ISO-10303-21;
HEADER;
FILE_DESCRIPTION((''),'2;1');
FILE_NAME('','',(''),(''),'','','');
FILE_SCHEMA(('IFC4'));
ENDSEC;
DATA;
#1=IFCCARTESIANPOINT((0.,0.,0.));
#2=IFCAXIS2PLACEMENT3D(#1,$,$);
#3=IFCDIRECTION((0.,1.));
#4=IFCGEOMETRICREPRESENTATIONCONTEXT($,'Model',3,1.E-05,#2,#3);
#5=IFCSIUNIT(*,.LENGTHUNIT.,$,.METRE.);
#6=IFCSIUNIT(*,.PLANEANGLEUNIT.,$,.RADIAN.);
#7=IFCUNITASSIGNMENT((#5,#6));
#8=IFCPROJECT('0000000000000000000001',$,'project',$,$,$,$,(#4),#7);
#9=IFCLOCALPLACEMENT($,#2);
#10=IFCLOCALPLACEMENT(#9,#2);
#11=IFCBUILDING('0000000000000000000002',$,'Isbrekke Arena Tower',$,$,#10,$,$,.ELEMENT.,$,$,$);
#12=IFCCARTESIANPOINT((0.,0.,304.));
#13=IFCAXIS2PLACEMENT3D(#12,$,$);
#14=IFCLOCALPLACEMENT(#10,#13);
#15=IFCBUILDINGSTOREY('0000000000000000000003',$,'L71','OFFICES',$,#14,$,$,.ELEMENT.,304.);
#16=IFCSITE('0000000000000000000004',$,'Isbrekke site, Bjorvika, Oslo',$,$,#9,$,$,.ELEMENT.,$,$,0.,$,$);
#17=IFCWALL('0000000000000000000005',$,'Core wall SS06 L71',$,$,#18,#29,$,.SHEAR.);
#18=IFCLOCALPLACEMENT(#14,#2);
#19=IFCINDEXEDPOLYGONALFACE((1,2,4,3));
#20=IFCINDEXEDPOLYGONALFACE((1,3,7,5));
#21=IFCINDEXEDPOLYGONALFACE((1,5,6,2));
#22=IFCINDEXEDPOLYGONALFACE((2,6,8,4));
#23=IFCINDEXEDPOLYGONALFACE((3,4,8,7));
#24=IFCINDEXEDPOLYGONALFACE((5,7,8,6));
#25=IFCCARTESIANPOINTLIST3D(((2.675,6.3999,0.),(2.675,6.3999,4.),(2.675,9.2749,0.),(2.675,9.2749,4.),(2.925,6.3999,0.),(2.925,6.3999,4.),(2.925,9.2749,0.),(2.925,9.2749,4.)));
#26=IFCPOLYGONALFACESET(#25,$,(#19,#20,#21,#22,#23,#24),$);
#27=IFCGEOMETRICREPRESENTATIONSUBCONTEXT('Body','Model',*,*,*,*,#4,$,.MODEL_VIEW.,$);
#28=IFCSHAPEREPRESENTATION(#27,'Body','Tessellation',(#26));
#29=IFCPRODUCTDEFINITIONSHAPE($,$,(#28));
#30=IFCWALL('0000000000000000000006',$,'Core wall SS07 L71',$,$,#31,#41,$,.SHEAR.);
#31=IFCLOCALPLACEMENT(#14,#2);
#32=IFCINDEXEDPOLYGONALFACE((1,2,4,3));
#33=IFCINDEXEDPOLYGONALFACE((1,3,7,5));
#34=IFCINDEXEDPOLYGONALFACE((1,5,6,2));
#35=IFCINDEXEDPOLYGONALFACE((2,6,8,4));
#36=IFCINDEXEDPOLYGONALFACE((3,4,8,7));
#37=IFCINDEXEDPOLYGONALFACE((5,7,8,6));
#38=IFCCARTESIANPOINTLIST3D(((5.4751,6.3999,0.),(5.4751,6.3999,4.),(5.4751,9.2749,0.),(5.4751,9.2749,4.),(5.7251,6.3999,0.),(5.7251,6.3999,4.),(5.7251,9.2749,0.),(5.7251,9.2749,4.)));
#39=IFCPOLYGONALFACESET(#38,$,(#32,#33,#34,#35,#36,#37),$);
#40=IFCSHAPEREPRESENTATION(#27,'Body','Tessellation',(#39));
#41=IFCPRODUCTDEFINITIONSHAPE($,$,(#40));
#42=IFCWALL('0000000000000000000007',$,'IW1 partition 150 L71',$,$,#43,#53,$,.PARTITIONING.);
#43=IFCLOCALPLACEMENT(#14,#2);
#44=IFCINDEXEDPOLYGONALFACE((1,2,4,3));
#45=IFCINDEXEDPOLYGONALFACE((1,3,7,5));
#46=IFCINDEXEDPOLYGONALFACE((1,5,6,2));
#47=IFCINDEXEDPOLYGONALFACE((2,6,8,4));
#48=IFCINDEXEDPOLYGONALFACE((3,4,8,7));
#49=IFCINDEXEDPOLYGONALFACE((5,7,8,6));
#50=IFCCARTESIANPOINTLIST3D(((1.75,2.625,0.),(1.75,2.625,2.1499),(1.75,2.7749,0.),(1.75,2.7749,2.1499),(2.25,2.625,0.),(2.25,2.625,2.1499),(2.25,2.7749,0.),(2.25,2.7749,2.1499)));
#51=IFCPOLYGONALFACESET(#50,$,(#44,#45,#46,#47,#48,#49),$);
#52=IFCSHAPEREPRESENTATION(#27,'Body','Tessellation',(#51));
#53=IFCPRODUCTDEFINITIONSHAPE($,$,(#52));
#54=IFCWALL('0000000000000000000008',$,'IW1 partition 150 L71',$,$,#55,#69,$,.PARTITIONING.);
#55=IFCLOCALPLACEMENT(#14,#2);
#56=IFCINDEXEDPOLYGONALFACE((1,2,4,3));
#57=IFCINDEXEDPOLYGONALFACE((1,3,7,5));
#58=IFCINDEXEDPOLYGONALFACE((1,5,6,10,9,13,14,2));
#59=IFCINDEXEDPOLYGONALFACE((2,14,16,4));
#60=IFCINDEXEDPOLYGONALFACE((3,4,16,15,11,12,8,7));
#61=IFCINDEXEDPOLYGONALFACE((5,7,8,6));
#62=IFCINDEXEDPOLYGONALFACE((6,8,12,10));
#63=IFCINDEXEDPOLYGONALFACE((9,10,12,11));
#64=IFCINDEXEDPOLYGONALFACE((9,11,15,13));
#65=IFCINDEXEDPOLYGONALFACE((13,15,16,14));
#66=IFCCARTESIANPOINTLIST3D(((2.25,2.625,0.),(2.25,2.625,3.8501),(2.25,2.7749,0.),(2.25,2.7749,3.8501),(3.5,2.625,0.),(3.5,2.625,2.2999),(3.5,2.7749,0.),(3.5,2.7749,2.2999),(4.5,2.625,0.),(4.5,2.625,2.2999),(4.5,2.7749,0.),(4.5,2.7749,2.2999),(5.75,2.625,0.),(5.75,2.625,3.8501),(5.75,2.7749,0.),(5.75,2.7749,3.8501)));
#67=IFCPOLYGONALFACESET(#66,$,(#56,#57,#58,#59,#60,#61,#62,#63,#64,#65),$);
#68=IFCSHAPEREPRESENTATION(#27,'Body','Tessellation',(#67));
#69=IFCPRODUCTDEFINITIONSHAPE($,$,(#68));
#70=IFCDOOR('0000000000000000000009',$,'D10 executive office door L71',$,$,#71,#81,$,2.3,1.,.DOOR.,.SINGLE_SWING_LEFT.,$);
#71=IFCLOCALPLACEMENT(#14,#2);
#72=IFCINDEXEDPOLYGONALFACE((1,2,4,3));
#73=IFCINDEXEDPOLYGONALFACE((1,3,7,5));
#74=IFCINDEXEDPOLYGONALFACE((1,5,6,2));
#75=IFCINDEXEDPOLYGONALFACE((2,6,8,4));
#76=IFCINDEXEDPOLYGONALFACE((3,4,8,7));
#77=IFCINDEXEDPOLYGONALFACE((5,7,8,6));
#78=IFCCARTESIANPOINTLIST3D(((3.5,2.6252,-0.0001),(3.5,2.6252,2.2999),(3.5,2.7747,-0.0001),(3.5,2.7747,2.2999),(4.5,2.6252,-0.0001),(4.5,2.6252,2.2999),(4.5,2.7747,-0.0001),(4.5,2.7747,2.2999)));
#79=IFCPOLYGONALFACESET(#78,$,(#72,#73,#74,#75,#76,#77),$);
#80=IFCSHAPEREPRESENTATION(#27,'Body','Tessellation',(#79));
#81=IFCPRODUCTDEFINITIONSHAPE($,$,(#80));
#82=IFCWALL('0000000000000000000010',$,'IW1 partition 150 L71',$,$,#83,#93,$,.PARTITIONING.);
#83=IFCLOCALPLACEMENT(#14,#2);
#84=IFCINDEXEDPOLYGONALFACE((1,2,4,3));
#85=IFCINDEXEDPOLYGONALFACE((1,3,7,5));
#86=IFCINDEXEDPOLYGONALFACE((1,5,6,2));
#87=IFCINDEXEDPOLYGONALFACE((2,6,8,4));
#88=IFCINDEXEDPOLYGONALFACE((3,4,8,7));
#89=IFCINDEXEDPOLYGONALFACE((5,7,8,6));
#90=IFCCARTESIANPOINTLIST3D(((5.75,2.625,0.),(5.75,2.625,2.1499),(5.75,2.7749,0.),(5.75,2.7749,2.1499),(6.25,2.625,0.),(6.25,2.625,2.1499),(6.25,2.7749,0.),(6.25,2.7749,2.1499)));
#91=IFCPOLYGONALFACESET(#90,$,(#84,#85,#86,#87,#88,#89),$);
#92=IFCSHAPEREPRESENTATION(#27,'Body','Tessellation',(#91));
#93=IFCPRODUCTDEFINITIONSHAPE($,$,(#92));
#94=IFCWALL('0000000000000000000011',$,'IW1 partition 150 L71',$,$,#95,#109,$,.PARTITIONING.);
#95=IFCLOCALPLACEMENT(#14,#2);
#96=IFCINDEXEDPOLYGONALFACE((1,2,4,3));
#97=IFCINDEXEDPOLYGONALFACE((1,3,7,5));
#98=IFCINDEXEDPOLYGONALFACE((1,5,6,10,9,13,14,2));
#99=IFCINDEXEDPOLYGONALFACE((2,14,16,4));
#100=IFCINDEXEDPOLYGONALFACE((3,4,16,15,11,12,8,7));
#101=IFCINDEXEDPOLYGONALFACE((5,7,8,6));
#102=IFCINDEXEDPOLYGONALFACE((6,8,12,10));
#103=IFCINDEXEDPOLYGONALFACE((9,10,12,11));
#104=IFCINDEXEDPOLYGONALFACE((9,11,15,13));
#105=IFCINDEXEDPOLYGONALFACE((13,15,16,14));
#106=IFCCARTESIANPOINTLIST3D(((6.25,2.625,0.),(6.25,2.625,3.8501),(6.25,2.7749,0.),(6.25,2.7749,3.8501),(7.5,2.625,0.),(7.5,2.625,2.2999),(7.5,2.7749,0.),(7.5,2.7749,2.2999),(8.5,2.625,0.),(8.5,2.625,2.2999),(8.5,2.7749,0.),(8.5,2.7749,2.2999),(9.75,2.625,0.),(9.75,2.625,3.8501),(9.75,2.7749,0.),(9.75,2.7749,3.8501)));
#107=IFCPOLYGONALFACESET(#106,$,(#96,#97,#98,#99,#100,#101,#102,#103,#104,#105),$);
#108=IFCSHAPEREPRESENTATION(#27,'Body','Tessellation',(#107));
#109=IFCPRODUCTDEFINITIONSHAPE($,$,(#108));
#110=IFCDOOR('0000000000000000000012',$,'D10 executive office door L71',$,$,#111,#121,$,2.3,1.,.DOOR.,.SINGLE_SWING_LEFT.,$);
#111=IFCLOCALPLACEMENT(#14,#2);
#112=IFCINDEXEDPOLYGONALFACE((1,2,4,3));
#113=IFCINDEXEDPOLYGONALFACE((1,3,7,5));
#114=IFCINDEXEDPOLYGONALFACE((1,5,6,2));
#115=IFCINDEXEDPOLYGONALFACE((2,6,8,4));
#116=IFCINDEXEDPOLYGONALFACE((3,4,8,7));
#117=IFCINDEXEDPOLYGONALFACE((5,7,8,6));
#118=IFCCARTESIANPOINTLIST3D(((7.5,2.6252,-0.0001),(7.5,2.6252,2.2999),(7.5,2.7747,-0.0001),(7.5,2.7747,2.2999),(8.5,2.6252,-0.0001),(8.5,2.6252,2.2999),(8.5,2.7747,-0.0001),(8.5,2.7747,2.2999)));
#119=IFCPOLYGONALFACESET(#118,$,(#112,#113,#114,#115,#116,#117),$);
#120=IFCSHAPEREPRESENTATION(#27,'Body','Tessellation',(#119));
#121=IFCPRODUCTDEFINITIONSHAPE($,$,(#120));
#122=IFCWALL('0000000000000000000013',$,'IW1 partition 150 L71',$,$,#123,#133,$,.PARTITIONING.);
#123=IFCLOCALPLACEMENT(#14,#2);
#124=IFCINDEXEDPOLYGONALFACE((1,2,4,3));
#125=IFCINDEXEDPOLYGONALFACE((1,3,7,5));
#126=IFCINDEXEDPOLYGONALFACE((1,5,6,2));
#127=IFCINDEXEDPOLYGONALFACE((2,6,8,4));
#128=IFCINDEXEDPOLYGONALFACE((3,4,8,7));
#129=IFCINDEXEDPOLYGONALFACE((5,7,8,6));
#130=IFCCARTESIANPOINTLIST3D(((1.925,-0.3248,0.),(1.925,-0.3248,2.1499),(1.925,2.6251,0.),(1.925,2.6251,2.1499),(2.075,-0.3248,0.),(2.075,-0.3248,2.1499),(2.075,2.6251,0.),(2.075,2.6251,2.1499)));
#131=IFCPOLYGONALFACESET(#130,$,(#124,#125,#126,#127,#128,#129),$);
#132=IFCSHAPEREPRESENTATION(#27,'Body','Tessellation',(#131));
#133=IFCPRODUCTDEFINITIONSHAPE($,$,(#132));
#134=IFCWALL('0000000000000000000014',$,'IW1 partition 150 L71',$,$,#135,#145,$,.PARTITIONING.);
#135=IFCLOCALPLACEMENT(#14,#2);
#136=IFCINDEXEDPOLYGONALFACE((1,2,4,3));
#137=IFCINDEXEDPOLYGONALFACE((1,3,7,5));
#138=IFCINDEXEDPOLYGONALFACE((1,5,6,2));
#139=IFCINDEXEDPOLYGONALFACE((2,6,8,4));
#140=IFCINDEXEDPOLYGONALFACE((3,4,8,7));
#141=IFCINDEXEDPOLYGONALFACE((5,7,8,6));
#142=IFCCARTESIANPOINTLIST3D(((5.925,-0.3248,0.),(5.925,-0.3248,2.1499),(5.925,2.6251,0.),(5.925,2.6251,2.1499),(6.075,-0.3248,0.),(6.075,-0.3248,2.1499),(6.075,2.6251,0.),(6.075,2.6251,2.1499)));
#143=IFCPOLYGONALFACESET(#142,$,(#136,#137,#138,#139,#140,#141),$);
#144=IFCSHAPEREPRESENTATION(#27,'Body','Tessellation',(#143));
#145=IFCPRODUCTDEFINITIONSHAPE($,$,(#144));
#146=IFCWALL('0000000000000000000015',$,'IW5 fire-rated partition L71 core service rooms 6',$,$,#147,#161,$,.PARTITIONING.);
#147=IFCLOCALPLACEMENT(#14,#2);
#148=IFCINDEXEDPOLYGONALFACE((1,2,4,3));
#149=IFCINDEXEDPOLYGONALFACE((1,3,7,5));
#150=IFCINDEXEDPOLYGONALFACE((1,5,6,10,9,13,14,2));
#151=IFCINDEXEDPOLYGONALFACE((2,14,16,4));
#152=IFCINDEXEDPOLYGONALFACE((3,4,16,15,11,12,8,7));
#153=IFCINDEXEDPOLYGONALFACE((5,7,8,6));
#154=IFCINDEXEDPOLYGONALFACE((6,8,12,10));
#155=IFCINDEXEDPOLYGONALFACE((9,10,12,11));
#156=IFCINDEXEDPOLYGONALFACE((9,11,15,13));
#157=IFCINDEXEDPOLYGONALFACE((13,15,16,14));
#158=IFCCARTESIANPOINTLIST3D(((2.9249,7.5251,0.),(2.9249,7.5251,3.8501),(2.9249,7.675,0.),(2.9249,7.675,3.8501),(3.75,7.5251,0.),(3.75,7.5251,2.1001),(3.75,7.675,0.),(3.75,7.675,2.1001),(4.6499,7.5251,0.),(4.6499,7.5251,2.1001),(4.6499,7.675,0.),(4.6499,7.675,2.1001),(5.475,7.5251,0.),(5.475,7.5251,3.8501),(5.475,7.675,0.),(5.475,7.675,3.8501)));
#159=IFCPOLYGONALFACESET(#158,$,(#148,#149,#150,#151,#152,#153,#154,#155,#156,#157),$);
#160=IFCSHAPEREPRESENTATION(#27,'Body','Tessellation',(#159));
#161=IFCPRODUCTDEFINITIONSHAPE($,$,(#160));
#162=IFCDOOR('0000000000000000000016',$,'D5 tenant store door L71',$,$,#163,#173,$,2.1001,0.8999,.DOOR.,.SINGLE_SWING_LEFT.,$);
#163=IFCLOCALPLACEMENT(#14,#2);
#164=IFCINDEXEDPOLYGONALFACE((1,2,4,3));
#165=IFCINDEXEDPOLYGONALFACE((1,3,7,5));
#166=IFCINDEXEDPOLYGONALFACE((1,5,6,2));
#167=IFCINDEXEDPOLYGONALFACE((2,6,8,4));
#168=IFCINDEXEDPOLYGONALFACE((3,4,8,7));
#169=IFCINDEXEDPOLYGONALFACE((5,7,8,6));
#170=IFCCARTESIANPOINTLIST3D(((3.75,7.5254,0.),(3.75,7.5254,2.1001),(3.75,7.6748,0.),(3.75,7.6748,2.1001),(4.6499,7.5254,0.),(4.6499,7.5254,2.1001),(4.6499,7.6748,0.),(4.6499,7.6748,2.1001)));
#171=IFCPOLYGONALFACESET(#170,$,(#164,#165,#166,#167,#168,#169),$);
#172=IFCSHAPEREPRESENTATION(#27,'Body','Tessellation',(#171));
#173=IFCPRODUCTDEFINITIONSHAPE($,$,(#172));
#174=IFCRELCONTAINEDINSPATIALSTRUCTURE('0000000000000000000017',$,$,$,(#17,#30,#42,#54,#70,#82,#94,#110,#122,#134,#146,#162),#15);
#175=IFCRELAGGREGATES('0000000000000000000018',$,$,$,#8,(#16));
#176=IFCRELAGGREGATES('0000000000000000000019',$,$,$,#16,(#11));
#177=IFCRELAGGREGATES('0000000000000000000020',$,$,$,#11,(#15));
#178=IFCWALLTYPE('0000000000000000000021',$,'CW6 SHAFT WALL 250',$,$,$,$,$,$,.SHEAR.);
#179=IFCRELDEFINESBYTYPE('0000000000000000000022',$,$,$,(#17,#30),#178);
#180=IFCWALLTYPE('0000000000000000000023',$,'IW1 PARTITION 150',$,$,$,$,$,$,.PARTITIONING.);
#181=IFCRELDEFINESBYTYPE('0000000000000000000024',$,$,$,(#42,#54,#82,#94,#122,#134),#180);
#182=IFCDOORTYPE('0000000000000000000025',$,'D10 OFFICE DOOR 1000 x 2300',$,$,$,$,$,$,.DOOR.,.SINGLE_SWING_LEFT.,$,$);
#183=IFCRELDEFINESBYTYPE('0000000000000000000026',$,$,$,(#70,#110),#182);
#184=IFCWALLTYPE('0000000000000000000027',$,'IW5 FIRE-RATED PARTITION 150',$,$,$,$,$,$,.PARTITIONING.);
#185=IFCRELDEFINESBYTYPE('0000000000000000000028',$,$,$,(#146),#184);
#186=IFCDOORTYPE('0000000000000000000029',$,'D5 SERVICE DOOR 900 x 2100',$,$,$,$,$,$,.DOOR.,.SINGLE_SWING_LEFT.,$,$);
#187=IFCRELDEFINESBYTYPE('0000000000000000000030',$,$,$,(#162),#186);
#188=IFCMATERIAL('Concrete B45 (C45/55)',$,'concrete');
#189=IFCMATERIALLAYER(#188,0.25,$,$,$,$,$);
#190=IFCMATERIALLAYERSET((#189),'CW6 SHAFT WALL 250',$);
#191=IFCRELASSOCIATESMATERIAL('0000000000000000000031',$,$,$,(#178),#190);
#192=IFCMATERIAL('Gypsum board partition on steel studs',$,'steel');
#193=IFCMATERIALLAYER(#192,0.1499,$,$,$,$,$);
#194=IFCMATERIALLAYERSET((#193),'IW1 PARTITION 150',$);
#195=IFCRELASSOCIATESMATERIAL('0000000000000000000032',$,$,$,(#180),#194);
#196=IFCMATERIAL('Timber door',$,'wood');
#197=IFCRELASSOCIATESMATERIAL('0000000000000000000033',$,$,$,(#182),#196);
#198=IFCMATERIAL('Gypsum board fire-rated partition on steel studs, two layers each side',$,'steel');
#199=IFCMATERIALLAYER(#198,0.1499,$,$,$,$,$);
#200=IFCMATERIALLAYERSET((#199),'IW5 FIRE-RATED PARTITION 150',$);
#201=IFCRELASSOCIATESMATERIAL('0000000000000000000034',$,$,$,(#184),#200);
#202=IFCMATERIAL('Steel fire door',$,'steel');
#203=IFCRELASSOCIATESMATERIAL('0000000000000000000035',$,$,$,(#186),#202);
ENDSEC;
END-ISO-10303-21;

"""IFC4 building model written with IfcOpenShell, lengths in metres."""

from ifc_helpers import new_model, si_unit, direction, frame, frame_2d, origin, place, context, subcontext, project, spatial, rectangle, extrude, material, layer, layer_set, type_object, element, fill, save


model = new_model("IFC4")

# Units and contexts
model_context = context("Model", 3, precision=1e-05, world=origin(), true_north=direction((0.0, 1.0)))
body_context = subcontext(model_context, "Body", "Model", "MODEL_VIEW")
ifc_project = project(units=[si_unit("LENGTHUNIT", "METRE"), si_unit("PLANEANGLEUNIT", "RADIAN")], contexts=[model_context])

# Site, building, storey
site_placement = place(None, origin())
site = spatial("IfcSite", under=ifc_project, at=site_placement, Name="Isbrekke site, Bjorvika, Oslo", CompositionType="ELEMENT", RefElevation=0.0)
building_placement = place(site_placement, origin())
building = spatial("IfcBuilding", under=site, at=building_placement, Name="Isbrekke Arena Tower", CompositionType="ELEMENT")
storey_placement = place(building_placement, frame((0.0, 0.0, 304.0)))
storey = spatial("IfcBuildingStorey", under=building, at=storey_placement, Name="L71", Description="OFFICES", CompositionType="ELEMENT", Elevation=304.0)

# Walls
ifc_material_1 = material(Name="Concrete B45 (C45/55)", Category="concrete")
ifc_layer_1 = layer(ifc_material_1, 0.25)
ifc_layer_set_1 = layer_set([ifc_layer_1], Name="CW6 SHAFT WALL 250")
wall_type_1 = type_object("IfcWallType", Name="CW6 SHAFT WALL 250", PredefinedType="SHEAR", material=ifc_layer_set_1)
for number, where, z_axis, x_axis, name in (
    (1, (2.8, 6.3999, 0.0), (0.0, 0.0, 1.0), (0.0, 1.0, 0.0), "Core wall SS06 L71"),
    (2, (5.6001, 6.3999, 0.0), (0.0, 0.0, 1.0), (0.0, 1.0, 0.0), "Core wall SS07 L71"),
):
    element("IfcWall", number, at=place(storey_placement, frame(where, z_axis=z_axis, x_axis=x_axis)), inside=storey, type_object=wall_type_1, Name=name, PredefinedType="SHEAR", context=body_context, shape_type="SweptSolid", body=[
        extrude(rectangle(XDim=2.875, YDim=0.25, at=frame_2d((1.4375, 0.0))), origin(), (0.0, 0.0, 1.0), 4.0),
    ])
ifc_material_2 = material(Name="Gypsum board partition on steel studs", Category="steel")
ifc_layer_2 = layer(ifc_material_2, 0.1499)
ifc_layer_set_2 = layer_set([ifc_layer_2], Name="IW1 PARTITION 150")
wall_type_2 = type_object("IfcWallType", Name="IW1 PARTITION 150", PredefinedType="PARTITIONING", material=ifc_layer_set_2)
wall_1_placement = place(storey_placement, frame((1.75, 2.7, 0.0), z_axis=(0.0, 0.0, 1.0), x_axis=(1.0, 0.0, 0.0)))
element("IfcWall", 3, at=wall_1_placement, inside=storey, type_object=wall_type_2, Name="IW1 partition 150 L71", PredefinedType="PARTITIONING", context=body_context, shape_type="SweptSolid", body=[
    extrude(rectangle(XDim=0.5, YDim=0.1499, at=frame_2d((0.25, 0.0))), origin(), (0.0, 0.0, 1.0), 2.1499),
])

# Wall, opening, door
wall_2_placement = place(storey_placement, frame((2.25, 2.7, 0.0), z_axis=(0.0, 0.0, 1.0), x_axis=(1.0, 0.0, 0.0)))
wall_2 = element("IfcWall", 4, at=wall_2_placement, inside=storey, type_object=wall_type_2, Name="IW1 partition 150 L71", PredefinedType="PARTITIONING", context=body_context, shape_type="SweptSolid", body=[
    extrude(rectangle(XDim=3.5, YDim=0.1499, at=frame_2d((1.75, 0.0))), origin(), (0.0, 0.0, 1.0), 3.8501),
])
opening_1_placement = place(wall_2_placement, frame((1.25, 0.0, 0.0)))
opening_1 = element("IfcOpeningElement", 5, at=opening_1_placement, cuts=wall_2, PredefinedType="OPENING", context=body_context, shape_type="SweptSolid", body=[
    extrude(rectangle(XDim=1.0, YDim=2.3, at=frame_2d((0.5, 1.1499))), frame((0.0, 0.0898, 0.0), z_axis=(0.0, -1.0, 0.0), x_axis=(1.0, 0.0, 0.0)), (0.0, 0.0, 1.0), 0.1797),
])
ifc_material_3 = material(Name="Timber door", Category="wood")
door_type_1 = type_object("IfcDoorType", Name="D10 OFFICE DOOR 1000 x 2300", OperationType="SINGLE_SWING_LEFT", PredefinedType="DOOR", material=ifc_material_3)
door_1_placement = place(opening_1_placement, origin())
door_1 = element("IfcDoor", 6, at=door_1_placement, inside=storey, type_object=door_type_1, Name="D10 executive office door L71", OperationType="SINGLE_SWING_LEFT", OverallHeight=2.3, OverallWidth=1.0, PredefinedType="DOOR", context=body_context, shape_type="SweptSolid", body=[
    extrude(rectangle(XDim=1.0, YDim=2.3, at=frame_2d((0.5, 1.1499))), frame((0.0, 0.0747, 0.0), z_axis=(0.0, -1.0, 0.0), x_axis=(1.0, 0.0, 0.0)), (0.0, 0.0, 1.0), 0.1494),
])
fill(opening_1, door_1)

# Wall
wall_3_placement = place(storey_placement, frame((5.75, 2.7, 0.0), z_axis=(0.0, 0.0, 1.0), x_axis=(1.0, 0.0, 0.0)))
element("IfcWall", 7, at=wall_3_placement, inside=storey, type_object=wall_type_2, Name="IW1 partition 150 L71", PredefinedType="PARTITIONING", context=body_context, shape_type="SweptSolid", body=[
    extrude(rectangle(XDim=0.5, YDim=0.1499, at=frame_2d((0.25, 0.0))), origin(), (0.0, 0.0, 1.0), 2.1499),
])

# Wall, opening, door
wall_4_placement = place(storey_placement, frame((6.25, 2.7, 0.0), z_axis=(0.0, 0.0, 1.0), x_axis=(1.0, 0.0, 0.0)))
wall_4 = element("IfcWall", 8, at=wall_4_placement, inside=storey, type_object=wall_type_2, Name="IW1 partition 150 L71", PredefinedType="PARTITIONING", context=body_context, shape_type="SweptSolid", body=[
    extrude(rectangle(XDim=3.5, YDim=0.1499, at=frame_2d((1.75, 0.0))), origin(), (0.0, 0.0, 1.0), 3.8501),
])
opening_2_placement = place(wall_4_placement, frame((1.25, 0.0, 0.0)))
opening_2 = element("IfcOpeningElement", 9, at=opening_2_placement, cuts=wall_4, PredefinedType="OPENING", context=body_context, shape_type="SweptSolid", body=[
    extrude(rectangle(XDim=1.0, YDim=2.3, at=frame_2d((0.5, 1.1499))), frame((0.0, 0.0898, 0.0), z_axis=(0.0, -1.0, 0.0), x_axis=(1.0, 0.0, 0.0)), (0.0, 0.0, 1.0), 0.1797),
])
door_2_placement = place(opening_2_placement, origin())
door_2 = element("IfcDoor", 10, at=door_2_placement, inside=storey, type_object=door_type_1, Name="D10 executive office door L71", OperationType="SINGLE_SWING_LEFT", OverallHeight=2.3, OverallWidth=1.0, PredefinedType="DOOR", context=body_context, shape_type="SweptSolid", body=[
    extrude(rectangle(XDim=1.0, YDim=2.3, at=frame_2d((0.5, 1.1499))), frame((0.0, 0.0747, 0.0), z_axis=(0.0, -1.0, 0.0), x_axis=(1.0, 0.0, 0.0)), (0.0, 0.0, 1.0), 0.1494),
])
fill(opening_2, door_2)

# Walls
for number, where, z_axis, x_axis, name in (
    (11, (2.0, -0.325, 0.0), (0.0, 0.0, 1.0), (0.0, 1.0, 0.0), "IW1 partition 150 L71"),
    (12, (6.0, -0.325, 0.0), (0.0, 0.0, 1.0), (0.0, 1.0, 0.0), "IW1 partition 150 L71"),
):
    element("IfcWall", number, at=place(storey_placement, frame(where, z_axis=z_axis, x_axis=x_axis)), inside=storey, type_object=wall_type_2, Name=name, PredefinedType="PARTITIONING", context=body_context, shape_type="SweptSolid", body=[
        extrude(rectangle(XDim=2.95, YDim=0.1499, at=frame_2d((1.4751, 0.0))), origin(), (0.0, 0.0, 1.0), 2.1499),
    ])

# Wall, opening, door
ifc_material_4 = material(Name="Gypsum board fire-rated partition on steel studs, two layers each side", Category="steel")
ifc_layer_3 = layer(ifc_material_4, 0.1499)
ifc_layer_set_3 = layer_set([ifc_layer_3], Name="IW5 FIRE-RATED PARTITION 150")
wall_type_3 = type_object("IfcWallType", Name="IW5 FIRE-RATED PARTITION 150", PredefinedType="PARTITIONING", material=ifc_layer_set_3)
wall_5_placement = place(storey_placement, frame((2.925, 7.6001, 0.0), z_axis=(0.0, 0.0, 1.0), x_axis=(1.0, 0.0, 0.0)))
wall_5 = element("IfcWall", 13, at=wall_5_placement, inside=storey, type_object=wall_type_3, Name="IW5 fire-rated partition L71 core service rooms 6", PredefinedType="PARTITIONING", context=body_context, shape_type="SweptSolid", body=[
    extrude(rectangle(XDim=2.55, YDim=0.1499, at=frame_2d((1.2749, 0.0))), origin(), (0.0, 0.0, 1.0), 3.8501),
])
opening_3_placement = place(wall_5_placement, frame((0.825, 0.0, 0.0)))
opening_3 = element("IfcOpeningElement", 14, at=opening_3_placement, cuts=wall_5, PredefinedType="OPENING", context=body_context, shape_type="SweptSolid", body=[
    extrude(rectangle(XDim=0.8999, YDim=2.1001, at=frame_2d((0.45, 1.05))), frame((0.0, 0.0898, 0.0), z_axis=(0.0, -1.0, 0.0), x_axis=(1.0, 0.0, 0.0)), (0.0, 0.0, 1.0), 0.1797),
])
ifc_material_5 = material(Name="Steel fire door", Category="steel")
door_type_2 = type_object("IfcDoorType", Name="D5 SERVICE DOOR 900 x 2100", OperationType="SINGLE_SWING_LEFT", PredefinedType="DOOR", material=ifc_material_5)
door_3_placement = place(opening_3_placement, origin())
door_3 = element("IfcDoor", 15, at=door_3_placement, inside=storey, type_object=door_type_2, Name="D5 tenant store door L71", OperationType="SINGLE_SWING_LEFT", OverallHeight=2.1001, OverallWidth=0.8999, PredefinedType="DOOR", context=body_context, shape_type="SweptSolid", body=[
    extrude(rectangle(XDim=0.8999, YDim=2.1001, at=frame_2d((0.45, 1.05))), frame((0.0, 0.0747, 0.0), z_axis=(0.0, -1.0, 0.0), x_axis=(1.0, 0.0, 0.0)), (0.0, 0.0, 1.0), 0.1494),
])
fill(opening_3, door_3)

save(model, "model.ifc")
